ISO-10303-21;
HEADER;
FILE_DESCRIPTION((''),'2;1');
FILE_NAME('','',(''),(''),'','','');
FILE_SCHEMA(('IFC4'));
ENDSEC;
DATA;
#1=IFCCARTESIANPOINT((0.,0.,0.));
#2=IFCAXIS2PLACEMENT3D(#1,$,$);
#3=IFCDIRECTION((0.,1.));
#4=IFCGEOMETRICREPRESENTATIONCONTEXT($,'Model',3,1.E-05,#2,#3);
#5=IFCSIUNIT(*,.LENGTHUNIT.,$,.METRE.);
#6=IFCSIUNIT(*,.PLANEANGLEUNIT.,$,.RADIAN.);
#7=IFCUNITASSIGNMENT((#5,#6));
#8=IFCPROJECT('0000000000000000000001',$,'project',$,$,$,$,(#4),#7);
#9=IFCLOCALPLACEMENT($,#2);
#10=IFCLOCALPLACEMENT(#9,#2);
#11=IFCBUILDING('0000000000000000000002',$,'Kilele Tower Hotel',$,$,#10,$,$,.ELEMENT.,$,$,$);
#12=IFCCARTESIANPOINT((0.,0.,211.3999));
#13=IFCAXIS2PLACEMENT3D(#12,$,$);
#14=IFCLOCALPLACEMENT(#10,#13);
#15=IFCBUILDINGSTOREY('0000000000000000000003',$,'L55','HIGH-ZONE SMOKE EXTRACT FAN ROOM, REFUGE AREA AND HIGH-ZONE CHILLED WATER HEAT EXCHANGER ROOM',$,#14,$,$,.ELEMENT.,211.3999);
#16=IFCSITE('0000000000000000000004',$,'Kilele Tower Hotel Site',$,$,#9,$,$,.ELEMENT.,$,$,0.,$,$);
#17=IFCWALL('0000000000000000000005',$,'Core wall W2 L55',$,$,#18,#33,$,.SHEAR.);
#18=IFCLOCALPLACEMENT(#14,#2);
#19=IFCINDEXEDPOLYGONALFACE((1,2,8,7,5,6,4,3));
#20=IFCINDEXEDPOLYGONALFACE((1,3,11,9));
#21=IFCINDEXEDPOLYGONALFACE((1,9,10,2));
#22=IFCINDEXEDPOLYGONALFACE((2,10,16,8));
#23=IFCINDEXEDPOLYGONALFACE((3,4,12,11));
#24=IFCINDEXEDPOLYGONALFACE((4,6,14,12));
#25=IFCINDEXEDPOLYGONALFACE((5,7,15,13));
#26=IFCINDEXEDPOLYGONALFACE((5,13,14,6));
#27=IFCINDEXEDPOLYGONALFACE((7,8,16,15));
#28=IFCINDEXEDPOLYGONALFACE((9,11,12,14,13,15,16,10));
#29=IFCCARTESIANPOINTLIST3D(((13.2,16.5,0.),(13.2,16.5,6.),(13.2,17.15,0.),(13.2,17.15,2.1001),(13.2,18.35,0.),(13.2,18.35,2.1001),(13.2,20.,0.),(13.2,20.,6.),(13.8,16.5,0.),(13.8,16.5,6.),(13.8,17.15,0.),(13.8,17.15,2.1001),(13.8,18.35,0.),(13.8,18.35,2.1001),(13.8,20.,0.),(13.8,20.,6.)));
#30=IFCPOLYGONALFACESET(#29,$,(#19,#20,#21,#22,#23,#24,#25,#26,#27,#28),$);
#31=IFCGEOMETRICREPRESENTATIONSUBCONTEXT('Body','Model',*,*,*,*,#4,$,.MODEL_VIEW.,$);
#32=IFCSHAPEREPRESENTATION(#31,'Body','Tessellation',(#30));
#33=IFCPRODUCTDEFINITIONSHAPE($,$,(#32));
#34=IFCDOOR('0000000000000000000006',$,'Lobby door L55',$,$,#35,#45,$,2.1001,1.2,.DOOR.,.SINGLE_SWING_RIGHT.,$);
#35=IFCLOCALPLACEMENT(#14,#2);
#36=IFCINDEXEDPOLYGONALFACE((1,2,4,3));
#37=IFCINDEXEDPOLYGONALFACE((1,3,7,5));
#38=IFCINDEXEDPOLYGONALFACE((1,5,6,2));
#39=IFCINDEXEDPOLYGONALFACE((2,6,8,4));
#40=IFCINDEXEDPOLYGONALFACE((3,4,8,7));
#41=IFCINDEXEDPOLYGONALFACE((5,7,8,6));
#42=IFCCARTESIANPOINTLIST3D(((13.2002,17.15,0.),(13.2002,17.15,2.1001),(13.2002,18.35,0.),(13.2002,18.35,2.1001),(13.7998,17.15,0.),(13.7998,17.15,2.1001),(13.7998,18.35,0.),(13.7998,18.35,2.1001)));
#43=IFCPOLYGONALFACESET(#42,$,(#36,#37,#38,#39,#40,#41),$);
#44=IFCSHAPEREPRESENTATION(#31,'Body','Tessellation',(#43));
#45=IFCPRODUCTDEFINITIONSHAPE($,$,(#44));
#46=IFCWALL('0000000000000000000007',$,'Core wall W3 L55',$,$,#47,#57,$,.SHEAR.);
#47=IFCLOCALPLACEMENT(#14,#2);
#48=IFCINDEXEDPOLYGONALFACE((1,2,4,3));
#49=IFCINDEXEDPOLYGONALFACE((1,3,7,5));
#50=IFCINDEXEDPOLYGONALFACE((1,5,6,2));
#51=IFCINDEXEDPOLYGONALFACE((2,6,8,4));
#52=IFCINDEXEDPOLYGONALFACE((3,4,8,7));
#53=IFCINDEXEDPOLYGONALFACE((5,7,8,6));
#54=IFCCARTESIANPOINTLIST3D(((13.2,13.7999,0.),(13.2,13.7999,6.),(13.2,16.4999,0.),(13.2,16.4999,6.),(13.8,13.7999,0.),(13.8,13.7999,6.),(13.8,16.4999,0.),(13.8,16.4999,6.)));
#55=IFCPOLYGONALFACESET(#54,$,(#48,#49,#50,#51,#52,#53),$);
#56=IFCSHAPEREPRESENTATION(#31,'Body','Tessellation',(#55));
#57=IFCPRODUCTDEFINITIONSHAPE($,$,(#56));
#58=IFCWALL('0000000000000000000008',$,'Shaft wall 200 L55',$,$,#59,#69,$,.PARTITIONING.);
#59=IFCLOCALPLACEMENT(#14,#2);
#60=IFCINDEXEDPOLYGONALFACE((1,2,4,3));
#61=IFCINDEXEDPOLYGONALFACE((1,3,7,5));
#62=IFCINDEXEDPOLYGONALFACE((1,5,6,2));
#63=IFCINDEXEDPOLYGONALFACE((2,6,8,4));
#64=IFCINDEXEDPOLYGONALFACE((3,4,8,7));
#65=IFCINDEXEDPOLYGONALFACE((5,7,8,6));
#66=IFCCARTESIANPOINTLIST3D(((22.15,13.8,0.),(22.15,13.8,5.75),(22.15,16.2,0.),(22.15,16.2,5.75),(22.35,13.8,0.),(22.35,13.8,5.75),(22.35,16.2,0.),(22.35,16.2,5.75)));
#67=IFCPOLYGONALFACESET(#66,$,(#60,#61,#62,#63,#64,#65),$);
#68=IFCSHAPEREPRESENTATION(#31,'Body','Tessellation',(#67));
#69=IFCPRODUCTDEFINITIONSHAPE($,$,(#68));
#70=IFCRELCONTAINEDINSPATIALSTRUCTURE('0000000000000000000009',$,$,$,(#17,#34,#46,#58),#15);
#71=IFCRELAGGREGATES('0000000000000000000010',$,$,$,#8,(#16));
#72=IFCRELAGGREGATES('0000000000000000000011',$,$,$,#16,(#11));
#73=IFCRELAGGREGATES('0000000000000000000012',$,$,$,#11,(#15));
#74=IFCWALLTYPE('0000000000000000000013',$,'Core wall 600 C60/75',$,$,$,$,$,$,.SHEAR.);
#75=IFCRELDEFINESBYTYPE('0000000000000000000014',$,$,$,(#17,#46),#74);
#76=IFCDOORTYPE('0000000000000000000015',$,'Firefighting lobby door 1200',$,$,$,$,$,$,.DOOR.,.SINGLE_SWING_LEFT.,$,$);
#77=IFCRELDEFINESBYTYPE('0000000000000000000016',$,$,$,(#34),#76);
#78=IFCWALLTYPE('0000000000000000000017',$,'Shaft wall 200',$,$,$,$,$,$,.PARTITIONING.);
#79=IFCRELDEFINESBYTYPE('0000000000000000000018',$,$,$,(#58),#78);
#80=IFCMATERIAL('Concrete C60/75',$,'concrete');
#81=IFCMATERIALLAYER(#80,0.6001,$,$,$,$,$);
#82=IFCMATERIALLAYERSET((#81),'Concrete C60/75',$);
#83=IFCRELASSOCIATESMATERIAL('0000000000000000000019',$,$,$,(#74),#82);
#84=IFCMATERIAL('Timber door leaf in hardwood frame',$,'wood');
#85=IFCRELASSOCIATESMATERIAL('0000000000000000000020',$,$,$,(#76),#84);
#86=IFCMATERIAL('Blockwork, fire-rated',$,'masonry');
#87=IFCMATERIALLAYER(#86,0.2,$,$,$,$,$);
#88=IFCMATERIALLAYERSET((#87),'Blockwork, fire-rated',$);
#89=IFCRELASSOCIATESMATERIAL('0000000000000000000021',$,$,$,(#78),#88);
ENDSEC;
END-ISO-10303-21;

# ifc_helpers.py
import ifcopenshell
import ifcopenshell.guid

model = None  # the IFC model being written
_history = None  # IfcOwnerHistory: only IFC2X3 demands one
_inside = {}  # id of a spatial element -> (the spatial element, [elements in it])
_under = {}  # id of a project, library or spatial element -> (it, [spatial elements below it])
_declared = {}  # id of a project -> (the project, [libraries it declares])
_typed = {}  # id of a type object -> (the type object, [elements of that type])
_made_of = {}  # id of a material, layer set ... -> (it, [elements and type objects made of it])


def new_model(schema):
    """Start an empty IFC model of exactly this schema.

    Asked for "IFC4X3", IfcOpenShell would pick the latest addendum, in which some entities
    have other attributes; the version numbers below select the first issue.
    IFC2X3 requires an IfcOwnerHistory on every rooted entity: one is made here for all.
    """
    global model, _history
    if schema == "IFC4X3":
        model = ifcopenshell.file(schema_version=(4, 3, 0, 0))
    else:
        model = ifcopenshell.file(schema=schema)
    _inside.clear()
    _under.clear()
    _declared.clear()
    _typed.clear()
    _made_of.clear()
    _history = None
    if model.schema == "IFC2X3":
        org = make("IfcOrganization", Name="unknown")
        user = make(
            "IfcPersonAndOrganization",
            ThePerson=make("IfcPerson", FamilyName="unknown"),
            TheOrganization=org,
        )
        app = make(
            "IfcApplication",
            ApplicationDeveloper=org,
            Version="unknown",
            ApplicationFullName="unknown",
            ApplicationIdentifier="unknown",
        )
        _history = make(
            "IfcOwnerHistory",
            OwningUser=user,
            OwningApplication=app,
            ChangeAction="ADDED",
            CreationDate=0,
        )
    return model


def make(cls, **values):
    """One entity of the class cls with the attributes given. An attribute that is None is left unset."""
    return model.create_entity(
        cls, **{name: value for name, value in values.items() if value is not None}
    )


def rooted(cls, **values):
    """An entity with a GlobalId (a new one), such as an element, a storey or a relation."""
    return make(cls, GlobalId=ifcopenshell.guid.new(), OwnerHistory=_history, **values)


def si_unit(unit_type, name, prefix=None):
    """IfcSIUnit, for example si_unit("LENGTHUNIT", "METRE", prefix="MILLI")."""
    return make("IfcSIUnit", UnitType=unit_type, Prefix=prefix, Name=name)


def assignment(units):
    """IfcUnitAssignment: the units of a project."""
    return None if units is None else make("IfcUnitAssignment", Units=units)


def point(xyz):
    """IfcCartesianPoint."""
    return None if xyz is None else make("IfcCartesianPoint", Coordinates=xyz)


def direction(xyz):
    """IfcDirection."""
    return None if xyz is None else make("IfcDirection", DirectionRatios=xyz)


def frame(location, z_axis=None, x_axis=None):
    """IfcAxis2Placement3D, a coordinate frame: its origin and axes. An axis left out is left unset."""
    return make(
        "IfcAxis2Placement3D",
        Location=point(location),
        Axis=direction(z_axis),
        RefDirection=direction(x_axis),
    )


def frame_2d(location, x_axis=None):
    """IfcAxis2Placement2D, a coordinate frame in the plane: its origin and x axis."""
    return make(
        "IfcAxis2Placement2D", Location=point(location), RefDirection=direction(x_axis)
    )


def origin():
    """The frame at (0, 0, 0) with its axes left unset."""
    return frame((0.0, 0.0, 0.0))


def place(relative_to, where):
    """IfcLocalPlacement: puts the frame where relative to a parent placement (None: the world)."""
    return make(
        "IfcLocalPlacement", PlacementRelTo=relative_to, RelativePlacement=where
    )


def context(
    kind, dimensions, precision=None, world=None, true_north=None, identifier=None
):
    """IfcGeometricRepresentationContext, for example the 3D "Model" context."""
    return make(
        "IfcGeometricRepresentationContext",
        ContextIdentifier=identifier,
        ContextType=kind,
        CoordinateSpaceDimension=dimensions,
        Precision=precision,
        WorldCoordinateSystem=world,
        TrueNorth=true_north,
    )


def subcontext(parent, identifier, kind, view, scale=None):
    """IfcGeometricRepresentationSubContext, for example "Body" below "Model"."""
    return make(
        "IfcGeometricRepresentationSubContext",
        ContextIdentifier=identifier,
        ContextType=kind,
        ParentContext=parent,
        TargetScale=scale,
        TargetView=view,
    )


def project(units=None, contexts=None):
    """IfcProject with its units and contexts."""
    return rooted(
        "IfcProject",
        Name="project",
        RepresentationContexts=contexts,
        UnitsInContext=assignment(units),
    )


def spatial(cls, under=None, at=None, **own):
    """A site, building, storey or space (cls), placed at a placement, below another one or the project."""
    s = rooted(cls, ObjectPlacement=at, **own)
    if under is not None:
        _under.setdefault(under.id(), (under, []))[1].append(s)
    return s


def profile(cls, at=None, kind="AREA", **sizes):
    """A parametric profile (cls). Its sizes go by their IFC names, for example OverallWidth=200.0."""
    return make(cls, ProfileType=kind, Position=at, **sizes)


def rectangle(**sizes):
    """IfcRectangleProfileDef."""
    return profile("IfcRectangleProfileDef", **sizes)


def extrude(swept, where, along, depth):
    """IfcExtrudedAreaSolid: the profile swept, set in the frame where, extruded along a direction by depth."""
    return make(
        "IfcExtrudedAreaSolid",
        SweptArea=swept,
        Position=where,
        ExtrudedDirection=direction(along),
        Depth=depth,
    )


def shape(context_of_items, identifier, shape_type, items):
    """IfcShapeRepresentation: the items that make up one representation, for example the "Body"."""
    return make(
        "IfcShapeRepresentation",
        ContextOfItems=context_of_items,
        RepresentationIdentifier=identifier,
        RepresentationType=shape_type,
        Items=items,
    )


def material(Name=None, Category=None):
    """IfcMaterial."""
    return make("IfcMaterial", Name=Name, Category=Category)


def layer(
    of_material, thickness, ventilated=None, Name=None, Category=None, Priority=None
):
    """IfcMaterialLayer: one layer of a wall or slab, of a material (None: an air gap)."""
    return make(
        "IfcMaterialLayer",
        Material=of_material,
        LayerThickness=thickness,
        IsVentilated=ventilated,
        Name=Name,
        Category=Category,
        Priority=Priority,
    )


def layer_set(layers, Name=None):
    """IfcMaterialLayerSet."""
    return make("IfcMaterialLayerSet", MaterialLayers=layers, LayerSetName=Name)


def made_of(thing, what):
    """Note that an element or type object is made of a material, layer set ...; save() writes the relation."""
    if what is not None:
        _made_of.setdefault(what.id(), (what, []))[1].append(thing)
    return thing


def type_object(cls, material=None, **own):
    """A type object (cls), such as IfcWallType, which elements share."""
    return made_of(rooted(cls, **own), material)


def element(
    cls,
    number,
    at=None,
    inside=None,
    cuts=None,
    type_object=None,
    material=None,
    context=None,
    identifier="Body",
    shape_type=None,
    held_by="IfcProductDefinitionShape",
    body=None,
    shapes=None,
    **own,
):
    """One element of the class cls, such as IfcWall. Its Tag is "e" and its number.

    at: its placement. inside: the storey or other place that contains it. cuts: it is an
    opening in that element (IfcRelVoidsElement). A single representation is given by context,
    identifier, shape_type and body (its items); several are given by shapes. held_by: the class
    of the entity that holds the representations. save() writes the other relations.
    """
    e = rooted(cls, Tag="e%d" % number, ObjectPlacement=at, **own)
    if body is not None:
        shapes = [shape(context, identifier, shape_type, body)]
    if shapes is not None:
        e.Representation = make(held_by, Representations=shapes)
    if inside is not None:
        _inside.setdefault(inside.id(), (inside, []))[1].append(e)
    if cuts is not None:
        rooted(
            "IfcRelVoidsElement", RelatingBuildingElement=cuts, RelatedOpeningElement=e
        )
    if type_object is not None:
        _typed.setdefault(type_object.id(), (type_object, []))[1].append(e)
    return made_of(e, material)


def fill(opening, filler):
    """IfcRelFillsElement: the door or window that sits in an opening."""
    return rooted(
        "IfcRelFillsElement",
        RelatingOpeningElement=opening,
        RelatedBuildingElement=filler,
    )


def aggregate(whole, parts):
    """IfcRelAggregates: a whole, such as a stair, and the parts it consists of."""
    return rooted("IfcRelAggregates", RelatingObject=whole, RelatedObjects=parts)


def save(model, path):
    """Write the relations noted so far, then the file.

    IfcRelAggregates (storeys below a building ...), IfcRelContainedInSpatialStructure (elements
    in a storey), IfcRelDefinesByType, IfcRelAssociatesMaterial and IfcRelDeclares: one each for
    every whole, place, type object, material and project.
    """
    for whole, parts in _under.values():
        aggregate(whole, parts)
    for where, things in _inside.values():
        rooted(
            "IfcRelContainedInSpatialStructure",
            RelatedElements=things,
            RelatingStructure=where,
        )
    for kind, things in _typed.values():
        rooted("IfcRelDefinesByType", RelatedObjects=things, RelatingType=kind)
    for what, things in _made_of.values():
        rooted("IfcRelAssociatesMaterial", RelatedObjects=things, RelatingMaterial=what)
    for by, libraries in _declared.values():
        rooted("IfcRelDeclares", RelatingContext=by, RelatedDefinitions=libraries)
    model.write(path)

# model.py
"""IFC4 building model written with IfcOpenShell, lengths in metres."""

from ifc_helpers import new_model, si_unit, direction, frame, frame_2d, origin, place, context, subcontext, project, spatial, rectangle, extrude, material, layer, layer_set, type_object, element, fill, save


model = new_model("IFC4")

# Units and contexts
model_context = context("Model", 3, precision=1e-05, world=origin(), true_north=direction((0.0, 1.0)))
body_context = subcontext(model_context, "Body", "Model", "MODEL_VIEW")
ifc_project = project(units=[si_unit("LENGTHUNIT", "METRE"), si_unit("PLANEANGLEUNIT", "RADIAN")], contexts=[model_context])

# Site, building, storey
site_placement = place(None, origin())
site = spatial("IfcSite", under=ifc_project, at=site_placement, Name="Kilele Tower Hotel Site", CompositionType="ELEMENT", RefElevation=0.0)
building_placement = place(site_placement, origin())
building = spatial("IfcBuilding", under=site, at=building_placement, Name="Kilele Tower Hotel", CompositionType="ELEMENT")
storey_placement = place(building_placement, frame((0.0, 0.0, 211.3999)))
storey = spatial("IfcBuildingStorey", under=building, at=storey_placement, Name="L55", Description="HIGH-ZONE SMOKE EXTRACT FAN ROOM, REFUGE AREA AND HIGH-ZONE CHILLED WATER HEAT EXCHANGER ROOM", CompositionType="ELEMENT", Elevation=211.3999)

# Shared definitions
ifc_material_1 = material(Name="Concrete C60/75", Category="concrete")
ifc_layer_1 = layer(ifc_material_1, 0.6001)
ifc_layer_set_1 = layer_set([ifc_layer_1], Name="Concrete C60/75")
wall_type_1 = type_object("IfcWallType", Name="Core wall 600 C60/75", PredefinedType="SHEAR", material=ifc_layer_set_1)

# Shared definitions
ifc_material_2 = material(Name="Timber door leaf in hardwood frame", Category="wood")
door_type_1 = type_object("IfcDoorType", Name="Firefighting lobby door 1200", OperationType="SINGLE_SWING_LEFT", PredefinedType="DOOR", material=ifc_material_2)

# Wall, opening, door
wall_1_placement = place(storey_placement, frame((13.5, 20.0, 0.0), z_axis=(0.0, 0.0, 1.0), x_axis=(0.0, -1.0, 0.0)))
wall_1 = element("IfcWall", 1, at=wall_1_placement, inside=storey, type_object=wall_type_1, Name="Core wall W2 L55", PredefinedType="SHEAR", context=body_context, shape_type="SweptSolid", body=[
    extrude(rectangle(XDim=3.5, YDim=0.6001, at=frame_2d((1.75, 0.0))), origin(), (0.0, 0.0, 1.0), 6.0),
])
opening_1_placement = place(wall_1_placement, frame((1.6499, 0.0, 0.0)))
opening_1 = element("IfcOpeningElement", 2, at=opening_1_placement, cuts=wall_1, PredefinedType="OPENING", context=body_context, shape_type="SweptSolid", body=[
    extrude(rectangle(XDim=1.2, YDim=2.1001, at=frame_2d((0.6001, 1.05))), frame((0.0, 0.3101, 0.0), z_axis=(0.0, -1.0, 0.0), x_axis=(1.0, 0.0, 0.0)), (0.0, 0.0, 1.0), 0.6201),
])
door_1_placement = place(opening_1_placement, origin())
door_1 = element("IfcDoor", 3, at=door_1_placement, inside=storey, type_object=door_type_1, Name="Lobby door L55", OperationType="SINGLE_SWING_RIGHT", OverallHeight=2.1001, OverallWidth=1.2, PredefinedType="DOOR", context=body_context, shape_type="SweptSolid", body=[
    extrude(rectangle(XDim=1.2, YDim=2.1001, at=frame_2d((0.6001, 1.05))), frame((0.0, 0.2998, 0.0), z_axis=(0.0, -1.0, 0.0), x_axis=(1.0, 0.0, 0.0)), (0.0, 0.0, 1.0), 0.5996),
])
fill(opening_1, door_1)

# Walls
wall_2_placement = place(storey_placement, frame((13.5, 16.5, 0.0), z_axis=(0.0, 0.0, 1.0), x_axis=(0.0, -1.0, 0.0)))
element("IfcWall", 4, at=wall_2_placement, inside=storey, type_object=wall_type_1, Name="Core wall W3 L55", PredefinedType="SHEAR", context=body_context, shape_type="SweptSolid", body=[
    extrude(rectangle(XDim=2.7, YDim=0.6001, at=frame_2d((1.3501, 0.0))), origin(), (0.0, 0.0, 1.0), 6.0),
])
ifc_material_3 = material(Name="Blockwork, fire-rated", Category="masonry")
ifc_layer_2 = layer(ifc_material_3, 0.2)
ifc_layer_set_2 = layer_set([ifc_layer_2], Name="Blockwork, fire-rated")
wall_type_2 = type_object("IfcWallType", Name="Shaft wall 200", PredefinedType="PARTITIONING", material=ifc_layer_set_2)
wall_3_placement = place(storey_placement, frame((22.25, 13.8, 0.0), z_axis=(0.0, 0.0, 1.0), x_axis=(0.0, 1.0, 0.0)))
element("IfcWall", 5, at=wall_3_placement, inside=storey, type_object=wall_type_2, Name="Shaft wall 200 L55", PredefinedType="PARTITIONING", context=body_context, shape_type="SweptSolid", body=[
    extrude(rectangle(XDim=2.3999, YDim=0.2, at=frame_2d((1.2, 0.0))), origin(), (0.0, 0.0, 1.0), 5.75),
])

save(model, "model.ifc")
